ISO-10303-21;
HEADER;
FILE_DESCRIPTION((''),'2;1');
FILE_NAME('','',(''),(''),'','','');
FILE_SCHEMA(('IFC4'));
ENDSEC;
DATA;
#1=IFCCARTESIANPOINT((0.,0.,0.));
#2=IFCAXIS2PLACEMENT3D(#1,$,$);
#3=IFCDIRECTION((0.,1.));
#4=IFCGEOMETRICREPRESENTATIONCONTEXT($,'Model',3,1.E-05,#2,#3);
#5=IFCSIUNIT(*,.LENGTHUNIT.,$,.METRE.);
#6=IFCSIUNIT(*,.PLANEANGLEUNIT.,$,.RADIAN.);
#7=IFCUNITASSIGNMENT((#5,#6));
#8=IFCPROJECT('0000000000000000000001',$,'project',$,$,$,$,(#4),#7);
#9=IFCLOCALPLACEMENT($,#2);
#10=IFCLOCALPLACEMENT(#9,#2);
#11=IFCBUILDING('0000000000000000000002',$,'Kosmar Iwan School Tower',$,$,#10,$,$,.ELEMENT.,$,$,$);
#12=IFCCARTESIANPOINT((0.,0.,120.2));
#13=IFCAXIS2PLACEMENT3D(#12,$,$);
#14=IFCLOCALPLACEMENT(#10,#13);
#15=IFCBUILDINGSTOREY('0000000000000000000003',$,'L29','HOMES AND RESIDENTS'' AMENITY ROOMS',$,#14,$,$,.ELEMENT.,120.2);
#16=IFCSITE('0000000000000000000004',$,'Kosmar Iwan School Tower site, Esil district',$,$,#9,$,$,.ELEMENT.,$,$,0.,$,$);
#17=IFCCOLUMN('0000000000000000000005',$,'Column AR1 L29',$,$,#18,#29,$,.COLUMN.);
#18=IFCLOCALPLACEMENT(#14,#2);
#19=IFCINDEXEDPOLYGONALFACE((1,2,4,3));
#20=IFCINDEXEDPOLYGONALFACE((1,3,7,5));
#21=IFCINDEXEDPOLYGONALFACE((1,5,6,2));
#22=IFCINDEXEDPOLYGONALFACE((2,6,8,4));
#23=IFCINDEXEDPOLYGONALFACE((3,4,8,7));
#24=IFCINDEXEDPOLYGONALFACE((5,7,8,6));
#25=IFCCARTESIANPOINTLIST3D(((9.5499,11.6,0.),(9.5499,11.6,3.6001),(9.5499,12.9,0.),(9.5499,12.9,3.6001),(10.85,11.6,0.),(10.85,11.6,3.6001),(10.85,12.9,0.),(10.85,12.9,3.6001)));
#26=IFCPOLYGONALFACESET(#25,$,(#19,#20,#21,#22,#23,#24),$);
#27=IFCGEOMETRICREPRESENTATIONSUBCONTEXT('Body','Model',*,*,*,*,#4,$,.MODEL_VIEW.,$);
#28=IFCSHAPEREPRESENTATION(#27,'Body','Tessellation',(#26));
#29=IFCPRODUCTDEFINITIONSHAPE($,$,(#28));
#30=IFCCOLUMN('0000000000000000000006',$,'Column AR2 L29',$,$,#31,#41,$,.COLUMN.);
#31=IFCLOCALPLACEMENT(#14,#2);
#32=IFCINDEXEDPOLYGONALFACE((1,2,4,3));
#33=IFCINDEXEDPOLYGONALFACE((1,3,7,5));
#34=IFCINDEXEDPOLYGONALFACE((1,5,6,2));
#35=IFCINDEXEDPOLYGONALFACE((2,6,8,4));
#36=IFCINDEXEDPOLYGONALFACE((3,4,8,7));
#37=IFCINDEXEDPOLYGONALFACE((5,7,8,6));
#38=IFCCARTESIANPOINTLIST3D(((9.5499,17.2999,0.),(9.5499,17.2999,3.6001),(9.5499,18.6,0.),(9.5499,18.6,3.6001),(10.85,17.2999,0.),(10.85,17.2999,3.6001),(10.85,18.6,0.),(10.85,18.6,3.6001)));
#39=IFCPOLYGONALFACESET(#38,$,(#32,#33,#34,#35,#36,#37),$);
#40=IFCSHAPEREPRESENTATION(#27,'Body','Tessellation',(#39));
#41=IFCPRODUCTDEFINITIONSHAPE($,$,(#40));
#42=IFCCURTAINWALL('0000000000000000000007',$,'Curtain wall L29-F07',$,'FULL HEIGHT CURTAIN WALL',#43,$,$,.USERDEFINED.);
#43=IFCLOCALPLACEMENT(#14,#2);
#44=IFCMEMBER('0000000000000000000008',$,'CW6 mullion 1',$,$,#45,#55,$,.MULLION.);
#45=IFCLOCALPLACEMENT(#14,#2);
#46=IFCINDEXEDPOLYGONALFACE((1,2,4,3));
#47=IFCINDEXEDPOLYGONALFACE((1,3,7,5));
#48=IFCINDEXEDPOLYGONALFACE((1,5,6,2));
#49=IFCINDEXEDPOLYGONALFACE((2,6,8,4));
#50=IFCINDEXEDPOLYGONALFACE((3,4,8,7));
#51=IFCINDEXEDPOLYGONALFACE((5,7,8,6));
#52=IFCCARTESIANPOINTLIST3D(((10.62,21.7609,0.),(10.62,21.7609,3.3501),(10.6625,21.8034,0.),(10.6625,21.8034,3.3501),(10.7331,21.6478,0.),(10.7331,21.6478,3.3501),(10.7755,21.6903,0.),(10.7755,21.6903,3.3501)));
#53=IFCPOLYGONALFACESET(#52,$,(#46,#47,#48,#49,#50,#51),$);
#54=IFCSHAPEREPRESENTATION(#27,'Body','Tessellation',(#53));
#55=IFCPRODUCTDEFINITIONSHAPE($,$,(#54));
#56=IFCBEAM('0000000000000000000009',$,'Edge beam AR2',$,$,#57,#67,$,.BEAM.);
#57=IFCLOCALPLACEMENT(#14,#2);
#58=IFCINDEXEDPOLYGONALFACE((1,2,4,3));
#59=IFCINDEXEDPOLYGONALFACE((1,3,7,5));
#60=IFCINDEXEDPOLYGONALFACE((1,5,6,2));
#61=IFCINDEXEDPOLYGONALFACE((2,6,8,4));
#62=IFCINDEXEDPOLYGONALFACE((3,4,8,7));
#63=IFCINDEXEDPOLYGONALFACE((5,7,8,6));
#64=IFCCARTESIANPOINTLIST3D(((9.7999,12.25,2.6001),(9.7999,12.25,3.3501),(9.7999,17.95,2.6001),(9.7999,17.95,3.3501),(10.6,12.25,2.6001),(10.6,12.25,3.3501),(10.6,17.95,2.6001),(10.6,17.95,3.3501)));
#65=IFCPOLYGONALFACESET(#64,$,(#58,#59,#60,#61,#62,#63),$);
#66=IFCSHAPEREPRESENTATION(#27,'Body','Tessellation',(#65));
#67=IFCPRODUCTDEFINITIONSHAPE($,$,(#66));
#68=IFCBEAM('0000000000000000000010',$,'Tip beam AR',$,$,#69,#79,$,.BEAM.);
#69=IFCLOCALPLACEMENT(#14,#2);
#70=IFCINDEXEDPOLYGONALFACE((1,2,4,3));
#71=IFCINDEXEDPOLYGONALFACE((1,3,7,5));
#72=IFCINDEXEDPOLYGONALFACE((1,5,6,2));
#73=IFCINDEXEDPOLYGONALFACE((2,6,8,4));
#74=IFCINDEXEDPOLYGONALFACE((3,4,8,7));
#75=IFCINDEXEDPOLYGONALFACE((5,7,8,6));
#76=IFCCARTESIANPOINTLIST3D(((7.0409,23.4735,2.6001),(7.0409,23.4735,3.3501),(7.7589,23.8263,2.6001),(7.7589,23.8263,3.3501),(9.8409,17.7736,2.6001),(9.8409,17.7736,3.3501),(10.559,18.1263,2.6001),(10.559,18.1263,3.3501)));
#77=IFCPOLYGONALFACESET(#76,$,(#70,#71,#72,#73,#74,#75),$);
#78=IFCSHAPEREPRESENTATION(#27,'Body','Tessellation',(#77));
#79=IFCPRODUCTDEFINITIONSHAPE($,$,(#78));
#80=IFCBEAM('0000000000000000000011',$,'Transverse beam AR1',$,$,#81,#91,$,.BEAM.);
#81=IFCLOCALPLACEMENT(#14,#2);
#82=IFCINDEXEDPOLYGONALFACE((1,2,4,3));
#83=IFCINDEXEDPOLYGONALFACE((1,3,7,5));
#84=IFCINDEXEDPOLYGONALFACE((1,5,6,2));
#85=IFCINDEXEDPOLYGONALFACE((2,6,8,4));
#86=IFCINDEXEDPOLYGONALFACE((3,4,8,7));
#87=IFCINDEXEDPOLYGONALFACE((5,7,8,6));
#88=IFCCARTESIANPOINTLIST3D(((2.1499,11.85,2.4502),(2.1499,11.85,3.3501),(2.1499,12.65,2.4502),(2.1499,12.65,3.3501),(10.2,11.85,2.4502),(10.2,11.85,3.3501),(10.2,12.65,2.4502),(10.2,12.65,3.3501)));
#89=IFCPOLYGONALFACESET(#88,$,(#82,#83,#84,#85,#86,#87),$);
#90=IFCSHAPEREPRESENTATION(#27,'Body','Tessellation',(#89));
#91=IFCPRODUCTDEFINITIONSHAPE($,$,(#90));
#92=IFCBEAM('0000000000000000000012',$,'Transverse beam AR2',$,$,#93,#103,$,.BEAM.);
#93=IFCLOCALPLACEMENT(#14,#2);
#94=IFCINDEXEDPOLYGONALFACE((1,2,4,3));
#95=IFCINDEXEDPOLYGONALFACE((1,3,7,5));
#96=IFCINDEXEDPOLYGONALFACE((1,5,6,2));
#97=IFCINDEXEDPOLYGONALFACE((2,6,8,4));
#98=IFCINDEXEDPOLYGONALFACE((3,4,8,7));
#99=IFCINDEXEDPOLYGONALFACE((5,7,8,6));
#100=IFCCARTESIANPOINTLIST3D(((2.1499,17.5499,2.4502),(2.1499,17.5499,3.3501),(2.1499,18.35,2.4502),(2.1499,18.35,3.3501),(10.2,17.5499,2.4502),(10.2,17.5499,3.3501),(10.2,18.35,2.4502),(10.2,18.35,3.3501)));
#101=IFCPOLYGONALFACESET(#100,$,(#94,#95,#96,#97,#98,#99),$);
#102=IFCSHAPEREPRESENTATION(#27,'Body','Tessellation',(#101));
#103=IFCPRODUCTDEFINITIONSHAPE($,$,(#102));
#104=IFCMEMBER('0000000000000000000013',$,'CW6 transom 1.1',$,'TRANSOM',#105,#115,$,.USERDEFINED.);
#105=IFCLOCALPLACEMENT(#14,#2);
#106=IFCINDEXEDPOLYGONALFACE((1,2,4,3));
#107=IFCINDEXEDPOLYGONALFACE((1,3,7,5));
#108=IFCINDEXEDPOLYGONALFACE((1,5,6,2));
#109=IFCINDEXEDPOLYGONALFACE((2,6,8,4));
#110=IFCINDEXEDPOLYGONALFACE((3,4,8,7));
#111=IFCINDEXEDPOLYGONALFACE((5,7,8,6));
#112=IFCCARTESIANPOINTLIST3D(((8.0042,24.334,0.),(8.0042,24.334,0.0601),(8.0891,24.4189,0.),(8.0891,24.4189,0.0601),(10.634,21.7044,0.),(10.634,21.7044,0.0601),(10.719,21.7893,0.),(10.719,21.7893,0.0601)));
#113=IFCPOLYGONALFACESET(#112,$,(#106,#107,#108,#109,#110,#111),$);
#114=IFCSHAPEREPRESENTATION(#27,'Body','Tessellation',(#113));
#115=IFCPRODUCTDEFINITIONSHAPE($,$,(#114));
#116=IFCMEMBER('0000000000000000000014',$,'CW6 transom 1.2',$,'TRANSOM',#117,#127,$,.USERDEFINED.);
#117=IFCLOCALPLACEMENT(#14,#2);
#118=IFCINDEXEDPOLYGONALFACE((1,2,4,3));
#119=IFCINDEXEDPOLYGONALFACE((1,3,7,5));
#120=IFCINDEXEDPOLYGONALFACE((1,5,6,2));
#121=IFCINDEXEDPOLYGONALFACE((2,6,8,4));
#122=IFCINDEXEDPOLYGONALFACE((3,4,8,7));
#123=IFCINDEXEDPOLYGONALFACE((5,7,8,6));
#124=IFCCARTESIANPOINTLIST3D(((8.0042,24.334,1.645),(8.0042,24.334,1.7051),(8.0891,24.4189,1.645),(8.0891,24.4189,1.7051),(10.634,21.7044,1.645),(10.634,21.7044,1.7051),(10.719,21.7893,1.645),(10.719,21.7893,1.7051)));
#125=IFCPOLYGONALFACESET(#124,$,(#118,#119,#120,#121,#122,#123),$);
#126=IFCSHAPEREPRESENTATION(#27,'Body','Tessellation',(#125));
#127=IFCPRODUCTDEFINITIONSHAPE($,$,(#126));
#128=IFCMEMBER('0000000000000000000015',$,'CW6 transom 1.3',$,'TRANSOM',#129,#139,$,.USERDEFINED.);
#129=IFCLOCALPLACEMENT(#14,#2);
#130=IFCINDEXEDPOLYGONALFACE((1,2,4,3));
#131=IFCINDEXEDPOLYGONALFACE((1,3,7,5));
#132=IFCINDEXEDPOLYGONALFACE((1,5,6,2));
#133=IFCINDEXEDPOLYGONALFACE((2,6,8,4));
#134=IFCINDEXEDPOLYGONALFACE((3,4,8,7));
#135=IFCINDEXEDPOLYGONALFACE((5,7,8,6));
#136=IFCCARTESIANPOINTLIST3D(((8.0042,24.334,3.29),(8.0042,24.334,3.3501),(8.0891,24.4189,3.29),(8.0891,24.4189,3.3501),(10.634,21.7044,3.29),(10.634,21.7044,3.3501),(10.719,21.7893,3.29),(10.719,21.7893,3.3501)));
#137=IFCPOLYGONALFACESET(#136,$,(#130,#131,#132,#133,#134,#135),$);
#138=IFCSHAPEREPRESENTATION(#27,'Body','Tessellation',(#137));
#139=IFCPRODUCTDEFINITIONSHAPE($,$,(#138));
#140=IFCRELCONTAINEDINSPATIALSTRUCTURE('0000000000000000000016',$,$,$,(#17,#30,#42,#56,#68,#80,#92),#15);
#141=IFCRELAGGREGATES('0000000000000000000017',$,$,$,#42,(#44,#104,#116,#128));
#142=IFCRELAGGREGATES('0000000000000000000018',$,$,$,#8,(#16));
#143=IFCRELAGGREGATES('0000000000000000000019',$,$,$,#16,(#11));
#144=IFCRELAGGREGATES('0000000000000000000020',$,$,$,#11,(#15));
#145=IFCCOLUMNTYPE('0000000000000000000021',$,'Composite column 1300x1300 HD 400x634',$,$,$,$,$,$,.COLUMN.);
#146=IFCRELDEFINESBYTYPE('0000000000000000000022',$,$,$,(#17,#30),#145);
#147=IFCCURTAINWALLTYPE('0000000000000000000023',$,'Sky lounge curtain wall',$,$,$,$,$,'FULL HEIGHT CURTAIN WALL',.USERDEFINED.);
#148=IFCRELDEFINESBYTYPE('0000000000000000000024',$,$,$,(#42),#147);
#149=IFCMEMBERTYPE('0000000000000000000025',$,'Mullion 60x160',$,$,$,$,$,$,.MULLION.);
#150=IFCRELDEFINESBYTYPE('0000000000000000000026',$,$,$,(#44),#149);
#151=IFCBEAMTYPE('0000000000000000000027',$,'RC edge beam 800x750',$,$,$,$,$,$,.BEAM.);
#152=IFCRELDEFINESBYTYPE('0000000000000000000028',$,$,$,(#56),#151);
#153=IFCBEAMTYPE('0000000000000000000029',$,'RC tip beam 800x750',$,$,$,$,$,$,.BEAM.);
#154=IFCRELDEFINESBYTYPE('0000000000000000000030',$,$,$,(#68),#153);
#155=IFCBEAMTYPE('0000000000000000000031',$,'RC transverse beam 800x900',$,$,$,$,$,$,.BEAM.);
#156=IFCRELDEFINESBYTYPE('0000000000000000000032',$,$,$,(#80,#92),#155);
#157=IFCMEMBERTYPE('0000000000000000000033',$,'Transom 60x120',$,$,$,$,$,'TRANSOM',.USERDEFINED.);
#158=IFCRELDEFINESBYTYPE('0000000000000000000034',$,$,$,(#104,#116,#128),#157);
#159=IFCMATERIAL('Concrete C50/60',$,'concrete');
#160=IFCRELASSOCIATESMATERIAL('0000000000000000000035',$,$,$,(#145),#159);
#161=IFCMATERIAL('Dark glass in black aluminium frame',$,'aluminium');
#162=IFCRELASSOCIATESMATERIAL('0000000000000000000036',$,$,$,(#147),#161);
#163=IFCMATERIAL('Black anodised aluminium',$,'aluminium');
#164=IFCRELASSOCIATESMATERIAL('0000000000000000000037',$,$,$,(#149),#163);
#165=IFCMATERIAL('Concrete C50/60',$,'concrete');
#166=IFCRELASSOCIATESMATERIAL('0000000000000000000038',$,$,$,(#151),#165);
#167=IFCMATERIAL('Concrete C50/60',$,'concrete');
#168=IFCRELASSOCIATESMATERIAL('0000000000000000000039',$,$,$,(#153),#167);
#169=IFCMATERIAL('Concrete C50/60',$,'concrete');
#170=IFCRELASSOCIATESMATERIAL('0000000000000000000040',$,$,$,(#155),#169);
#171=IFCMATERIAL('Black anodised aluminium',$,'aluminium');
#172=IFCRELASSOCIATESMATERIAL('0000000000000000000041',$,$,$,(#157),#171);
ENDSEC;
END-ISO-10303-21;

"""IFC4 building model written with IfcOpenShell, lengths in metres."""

from ifc_helpers import new_model, si_unit, direction, frame, origin, origin_2d, place, context, subcontext, project, spatial, rectangle, extrude, material, material_profile, profile_set, type_object, element, aggregate, save


model = new_model("IFC4")

# Units and contexts
model_context = context("Model", 3, precision=1e-05, world=origin(), true_north=direction((0.0, 1.0)))
body_context = subcontext(model_context, "Body", "Model", "MODEL_VIEW")
ifc_project = project(units=[si_unit("LENGTHUNIT", "METRE"), si_unit("PLANEANGLEUNIT", "RADIAN")], contexts=[model_context])

# Site, building, storey
site_placement = place(None, origin())
site = spatial("IfcSite", under=ifc_project, at=site_placement, Name="Kosmar Iwan School Tower site, Esil district", CompositionType="ELEMENT", RefElevation=0.0)
building_placement = place(site_placement, origin())
building = spatial("IfcBuilding", under=site, at=building_placement, Name="Kosmar Iwan School Tower", CompositionType="ELEMENT")
storey_placement = place(building_placement, frame((0.0, 0.0, 120.2)))
storey = spatial("IfcBuildingStorey", under=building, at=storey_placement, Name="L29", Description="HOMES AND RESIDENTS' AMENITY ROOMS", CompositionType="ELEMENT", Elevation=120.2)

# Columns
ifc_material_1 = material(Name="Concrete C50/60", Category="concrete")
ifc_material_profile_1 = material_profile(ifc_material_1, rectangle(XDim=1.3, YDim=1.3, at=origin_2d()), Name="RC 1300x1300 + HD 400x634")
ifc_profile_set_1 = profile_set([ifc_material_profile_1], Name="Concrete C50/60")
column_type = type_object("IfcColumnType", Name="Composite column 1300x1300 HD 400x634", PredefinedType="COLUMN", material=ifc_profile_set_1)
for number, where, z_axis, x_axis, name in (
    (1, (10.2, 12.25, 0.0), (0.0, 0.0, 1.0), (0.0, 1.0, 0.0), "Column AR1 L29"),
    (2, (10.2, 17.95, 0.0), (0.0, 0.0, 1.0), (0.0, 1.0, 0.0), "Column AR2 L29"),
):
    element("IfcColumn", number, at=place(storey_placement, frame(where, z_axis=z_axis, x_axis=x_axis)), inside=storey, type_object=column_type, Name=name, PredefinedType="COLUMN", context=body_context, shape_type="SweptSolid", body=[
        extrude(rectangle(XDim=1.3, YDim=1.3, at=origin_2d()), origin(), (0.0, 0.0, 1.0), 3.6001),
    ])

# Curtain wall, member
ifc_material_2 = material(Name="Dark glass in black aluminium frame", Category="aluminium")
curtain_wall_type = type_object("IfcCurtainWallType", Name="Sky lounge curtain wall", ElementType="FULL HEIGHT CURTAIN WALL", PredefinedType="USERDEFINED", material=ifc_material_2)
curtain_wall_placement = place(storey_placement, origin())
curtain_wall = element("IfcCurtainWall", 3, at=curtain_wall_placement, inside=storey, type_object=curtain_wall_type, Name="Curtain wall L29-F07", ObjectType="FULL HEIGHT CURTAIN WALL", PredefinedType="USERDEFINED")
ifc_material_3 = material(Name="Black anodised aluminium", Category="aluminium")
ifc_material_profile_2 = material_profile(ifc_material_3, rectangle(XDim=0.0601, YDim=0.1599, at=origin_2d()), Name="MULLION 60x160")
ifc_profile_set_2 = profile_set([ifc_material_profile_2], Name="Black anodised aluminium")
member_type_1 = type_object("IfcMemberType", Name="Mullion 60x160", PredefinedType="MULLION", material=ifc_profile_set_2)
member_1_placement = place(storey_placement, frame((10.6978, 21.7256, 0.0), z_axis=(0.0, 0.0, 1.0), x_axis=(-0.707107, -0.707107, 0.0)))
member_1 = element("IfcMember", 4, at=member_1_placement, type_object=member_type_1, Name="CW6 mullion 1", PredefinedType="MULLION", context=body_context, shape_type="SweptSolid", body=[
    extrude(rectangle(XDim=0.0601, YDim=0.1599, at=origin_2d()), origin(), (0.0, 0.0, 1.0), 3.3501),
])

# Beams
ifc_material_4 = material(Name="Concrete C50/60", Category="concrete")
ifc_material_profile_3 = material_profile(ifc_material_4, rectangle(XDim=0.8, YDim=0.75, at=origin_2d()), Name="RC 800x750")
ifc_profile_set_3 = profile_set([ifc_material_profile_3], Name="Concrete C50/60")
beam_type_1 = type_object("IfcBeamType", Name="RC edge beam 800x750", PredefinedType="BEAM", material=ifc_profile_set_3)
beam_1_placement = place(storey_placement, frame((10.2, 12.25, 2.9751), z_axis=(0.0, 1.0, 0.0), x_axis=(-1.0, 0.0, 0.0)))
element("IfcBeam", 5, at=beam_1_placement, inside=storey, type_object=beam_type_1, Name="Edge beam AR2", PredefinedType="BEAM", context=body_context, shape_type="SweptSolid", body=[
    extrude(rectangle(XDim=0.8, YDim=0.75, at=origin_2d()), origin(), (0.0, 0.0, 1.0), 5.7),
])
ifc_material_5 = material(Name="Concrete C50/60", Category="concrete")
ifc_material_profile_4 = material_profile(ifc_material_5, rectangle(XDim=0.8, YDim=0.75, at=origin_2d()), Name="RC 800x750")
ifc_profile_set_4 = profile_set([ifc_material_profile_4], Name="Concrete C50/60")
beam_type_2 = type_object("IfcBeamType", Name="RC tip beam 800x750", PredefinedType="BEAM", material=ifc_profile_set_4)
beam_2_placement = place(storey_placement, frame((10.2, 17.95, 2.9751), z_axis=(-0.440913, 0.89755, 0.0), x_axis=(-0.89755, -0.440913, 0.0)))
element("IfcBeam", 6, at=beam_2_placement, inside=storey, type_object=beam_type_2, Name="Tip beam AR", PredefinedType="BEAM", context=body_context, shape_type="SweptSolid", body=[
    extrude(rectangle(XDim=0.8, YDim=0.75, at=origin_2d()), origin(), (0.0, 0.0, 1.0), 6.3506),
])
ifc_material_6 = material(Name="Concrete C50/60", Category="concrete")
ifc_material_profile_5 = material_profile(ifc_material_6, rectangle(XDim=0.8, YDim=0.8999, at=origin_2d()), Name="RC 800x900")
ifc_profile_set_5 = profile_set([ifc_material_profile_5], Name="Concrete C50/60")
beam_type_3 = type_object("IfcBeamType", Name="RC transverse beam 800x900", PredefinedType="BEAM", material=ifc_profile_set_5)
for number, where, z_axis, x_axis, name in (
    (7, (10.2, 12.25, 2.9001), (-1.0, 0.0, 0.0), (0.0, -1.0, 0.0), "Transverse beam AR1"),
    (8, (10.2, 17.95, 2.9001), (-1.0, 0.0, 0.0), (0.0, -1.0, 0.0), "Transverse beam AR2"),
):
    element("IfcBeam", number, at=place(storey_placement, frame(where, z_axis=z_axis, x_axis=x_axis)), inside=storey, type_object=beam_type_3, Name=name, PredefinedType="BEAM", context=body_context, shape_type="SweptSolid", body=[
        extrude(rectangle(XDim=0.8, YDim=0.8999, at=origin_2d()), origin(), (0.0, 0.0, 1.0), 8.05),
    ])

# Members
ifc_material_7 = material(Name="Black anodised aluminium", Category="aluminium")
ifc_material_profile_6 = material_profile(ifc_material_7, rectangle(XDim=0.1201, YDim=0.0601, at=origin_2d()), Name="TRANSOM 60x120")
ifc_profile_set_6 = profile_set([ifc_material_profile_6], Name="Black anodised aluminium")
member_type_2 = type_object("IfcMemberType", Name="Transom 60x120", ElementType="TRANSOM", PredefinedType="USERDEFINED", material=ifc_profile_set_6)
member_2_placement = place(storey_placement, frame((10.6765, 21.7468, 0.03), z_axis=(-0.70714, 0.707074, 0.0), x_axis=(-0.707074, -0.70714, 0.0)))
member_2 = element("IfcMember", 9, at=member_2_placement, type_object=member_type_2, Name="CW6 transom 1.1", ObjectType="TRANSOM", PredefinedType="USERDEFINED", context=body_context, shape_type="SweptSolid", body=[
    extrude(rectangle(XDim=0.1201, YDim=0.0601, at=origin_2d()), origin(), (0.0, 0.0, 1.0), 3.719),
])
member_3_placement = place(storey_placement, frame((10.6765, 21.7468, 1.675), z_axis=(-0.70714, 0.707074, 0.0), x_axis=(-0.707074, -0.70714, 0.0)))
member_3 = element("IfcMember", 10, at=member_3_placement, type_object=member_type_2, Name="CW6 transom 1.2", ObjectType="TRANSOM", PredefinedType="USERDEFINED", context=body_context, shape_type="SweptSolid", body=[
    extrude(rectangle(XDim=0.1201, YDim=0.0601, at=origin_2d()), origin(), (0.0, 0.0, 1.0), 3.719),
])
member_4_placement = place(storey_placement, frame((10.6765, 21.7468, 3.3201), z_axis=(-0.70714, 0.707074, 0.0), x_axis=(-0.707074, -0.70714, 0.0)))
member_4 = element("IfcMember", 11, at=member_4_placement, type_object=member_type_2, Name="CW6 transom 1.3", ObjectType="TRANSOM", PredefinedType="USERDEFINED", context=body_context, shape_type="SweptSolid", body=[
    extrude(rectangle(XDim=0.1201, YDim=0.0601, at=origin_2d()), origin(), (0.0, 0.0, 1.0), 3.719),
])
aggregate(curtain_wall, [member_1, member_2, member_3, member_4])

save(model, "model.ifc")
